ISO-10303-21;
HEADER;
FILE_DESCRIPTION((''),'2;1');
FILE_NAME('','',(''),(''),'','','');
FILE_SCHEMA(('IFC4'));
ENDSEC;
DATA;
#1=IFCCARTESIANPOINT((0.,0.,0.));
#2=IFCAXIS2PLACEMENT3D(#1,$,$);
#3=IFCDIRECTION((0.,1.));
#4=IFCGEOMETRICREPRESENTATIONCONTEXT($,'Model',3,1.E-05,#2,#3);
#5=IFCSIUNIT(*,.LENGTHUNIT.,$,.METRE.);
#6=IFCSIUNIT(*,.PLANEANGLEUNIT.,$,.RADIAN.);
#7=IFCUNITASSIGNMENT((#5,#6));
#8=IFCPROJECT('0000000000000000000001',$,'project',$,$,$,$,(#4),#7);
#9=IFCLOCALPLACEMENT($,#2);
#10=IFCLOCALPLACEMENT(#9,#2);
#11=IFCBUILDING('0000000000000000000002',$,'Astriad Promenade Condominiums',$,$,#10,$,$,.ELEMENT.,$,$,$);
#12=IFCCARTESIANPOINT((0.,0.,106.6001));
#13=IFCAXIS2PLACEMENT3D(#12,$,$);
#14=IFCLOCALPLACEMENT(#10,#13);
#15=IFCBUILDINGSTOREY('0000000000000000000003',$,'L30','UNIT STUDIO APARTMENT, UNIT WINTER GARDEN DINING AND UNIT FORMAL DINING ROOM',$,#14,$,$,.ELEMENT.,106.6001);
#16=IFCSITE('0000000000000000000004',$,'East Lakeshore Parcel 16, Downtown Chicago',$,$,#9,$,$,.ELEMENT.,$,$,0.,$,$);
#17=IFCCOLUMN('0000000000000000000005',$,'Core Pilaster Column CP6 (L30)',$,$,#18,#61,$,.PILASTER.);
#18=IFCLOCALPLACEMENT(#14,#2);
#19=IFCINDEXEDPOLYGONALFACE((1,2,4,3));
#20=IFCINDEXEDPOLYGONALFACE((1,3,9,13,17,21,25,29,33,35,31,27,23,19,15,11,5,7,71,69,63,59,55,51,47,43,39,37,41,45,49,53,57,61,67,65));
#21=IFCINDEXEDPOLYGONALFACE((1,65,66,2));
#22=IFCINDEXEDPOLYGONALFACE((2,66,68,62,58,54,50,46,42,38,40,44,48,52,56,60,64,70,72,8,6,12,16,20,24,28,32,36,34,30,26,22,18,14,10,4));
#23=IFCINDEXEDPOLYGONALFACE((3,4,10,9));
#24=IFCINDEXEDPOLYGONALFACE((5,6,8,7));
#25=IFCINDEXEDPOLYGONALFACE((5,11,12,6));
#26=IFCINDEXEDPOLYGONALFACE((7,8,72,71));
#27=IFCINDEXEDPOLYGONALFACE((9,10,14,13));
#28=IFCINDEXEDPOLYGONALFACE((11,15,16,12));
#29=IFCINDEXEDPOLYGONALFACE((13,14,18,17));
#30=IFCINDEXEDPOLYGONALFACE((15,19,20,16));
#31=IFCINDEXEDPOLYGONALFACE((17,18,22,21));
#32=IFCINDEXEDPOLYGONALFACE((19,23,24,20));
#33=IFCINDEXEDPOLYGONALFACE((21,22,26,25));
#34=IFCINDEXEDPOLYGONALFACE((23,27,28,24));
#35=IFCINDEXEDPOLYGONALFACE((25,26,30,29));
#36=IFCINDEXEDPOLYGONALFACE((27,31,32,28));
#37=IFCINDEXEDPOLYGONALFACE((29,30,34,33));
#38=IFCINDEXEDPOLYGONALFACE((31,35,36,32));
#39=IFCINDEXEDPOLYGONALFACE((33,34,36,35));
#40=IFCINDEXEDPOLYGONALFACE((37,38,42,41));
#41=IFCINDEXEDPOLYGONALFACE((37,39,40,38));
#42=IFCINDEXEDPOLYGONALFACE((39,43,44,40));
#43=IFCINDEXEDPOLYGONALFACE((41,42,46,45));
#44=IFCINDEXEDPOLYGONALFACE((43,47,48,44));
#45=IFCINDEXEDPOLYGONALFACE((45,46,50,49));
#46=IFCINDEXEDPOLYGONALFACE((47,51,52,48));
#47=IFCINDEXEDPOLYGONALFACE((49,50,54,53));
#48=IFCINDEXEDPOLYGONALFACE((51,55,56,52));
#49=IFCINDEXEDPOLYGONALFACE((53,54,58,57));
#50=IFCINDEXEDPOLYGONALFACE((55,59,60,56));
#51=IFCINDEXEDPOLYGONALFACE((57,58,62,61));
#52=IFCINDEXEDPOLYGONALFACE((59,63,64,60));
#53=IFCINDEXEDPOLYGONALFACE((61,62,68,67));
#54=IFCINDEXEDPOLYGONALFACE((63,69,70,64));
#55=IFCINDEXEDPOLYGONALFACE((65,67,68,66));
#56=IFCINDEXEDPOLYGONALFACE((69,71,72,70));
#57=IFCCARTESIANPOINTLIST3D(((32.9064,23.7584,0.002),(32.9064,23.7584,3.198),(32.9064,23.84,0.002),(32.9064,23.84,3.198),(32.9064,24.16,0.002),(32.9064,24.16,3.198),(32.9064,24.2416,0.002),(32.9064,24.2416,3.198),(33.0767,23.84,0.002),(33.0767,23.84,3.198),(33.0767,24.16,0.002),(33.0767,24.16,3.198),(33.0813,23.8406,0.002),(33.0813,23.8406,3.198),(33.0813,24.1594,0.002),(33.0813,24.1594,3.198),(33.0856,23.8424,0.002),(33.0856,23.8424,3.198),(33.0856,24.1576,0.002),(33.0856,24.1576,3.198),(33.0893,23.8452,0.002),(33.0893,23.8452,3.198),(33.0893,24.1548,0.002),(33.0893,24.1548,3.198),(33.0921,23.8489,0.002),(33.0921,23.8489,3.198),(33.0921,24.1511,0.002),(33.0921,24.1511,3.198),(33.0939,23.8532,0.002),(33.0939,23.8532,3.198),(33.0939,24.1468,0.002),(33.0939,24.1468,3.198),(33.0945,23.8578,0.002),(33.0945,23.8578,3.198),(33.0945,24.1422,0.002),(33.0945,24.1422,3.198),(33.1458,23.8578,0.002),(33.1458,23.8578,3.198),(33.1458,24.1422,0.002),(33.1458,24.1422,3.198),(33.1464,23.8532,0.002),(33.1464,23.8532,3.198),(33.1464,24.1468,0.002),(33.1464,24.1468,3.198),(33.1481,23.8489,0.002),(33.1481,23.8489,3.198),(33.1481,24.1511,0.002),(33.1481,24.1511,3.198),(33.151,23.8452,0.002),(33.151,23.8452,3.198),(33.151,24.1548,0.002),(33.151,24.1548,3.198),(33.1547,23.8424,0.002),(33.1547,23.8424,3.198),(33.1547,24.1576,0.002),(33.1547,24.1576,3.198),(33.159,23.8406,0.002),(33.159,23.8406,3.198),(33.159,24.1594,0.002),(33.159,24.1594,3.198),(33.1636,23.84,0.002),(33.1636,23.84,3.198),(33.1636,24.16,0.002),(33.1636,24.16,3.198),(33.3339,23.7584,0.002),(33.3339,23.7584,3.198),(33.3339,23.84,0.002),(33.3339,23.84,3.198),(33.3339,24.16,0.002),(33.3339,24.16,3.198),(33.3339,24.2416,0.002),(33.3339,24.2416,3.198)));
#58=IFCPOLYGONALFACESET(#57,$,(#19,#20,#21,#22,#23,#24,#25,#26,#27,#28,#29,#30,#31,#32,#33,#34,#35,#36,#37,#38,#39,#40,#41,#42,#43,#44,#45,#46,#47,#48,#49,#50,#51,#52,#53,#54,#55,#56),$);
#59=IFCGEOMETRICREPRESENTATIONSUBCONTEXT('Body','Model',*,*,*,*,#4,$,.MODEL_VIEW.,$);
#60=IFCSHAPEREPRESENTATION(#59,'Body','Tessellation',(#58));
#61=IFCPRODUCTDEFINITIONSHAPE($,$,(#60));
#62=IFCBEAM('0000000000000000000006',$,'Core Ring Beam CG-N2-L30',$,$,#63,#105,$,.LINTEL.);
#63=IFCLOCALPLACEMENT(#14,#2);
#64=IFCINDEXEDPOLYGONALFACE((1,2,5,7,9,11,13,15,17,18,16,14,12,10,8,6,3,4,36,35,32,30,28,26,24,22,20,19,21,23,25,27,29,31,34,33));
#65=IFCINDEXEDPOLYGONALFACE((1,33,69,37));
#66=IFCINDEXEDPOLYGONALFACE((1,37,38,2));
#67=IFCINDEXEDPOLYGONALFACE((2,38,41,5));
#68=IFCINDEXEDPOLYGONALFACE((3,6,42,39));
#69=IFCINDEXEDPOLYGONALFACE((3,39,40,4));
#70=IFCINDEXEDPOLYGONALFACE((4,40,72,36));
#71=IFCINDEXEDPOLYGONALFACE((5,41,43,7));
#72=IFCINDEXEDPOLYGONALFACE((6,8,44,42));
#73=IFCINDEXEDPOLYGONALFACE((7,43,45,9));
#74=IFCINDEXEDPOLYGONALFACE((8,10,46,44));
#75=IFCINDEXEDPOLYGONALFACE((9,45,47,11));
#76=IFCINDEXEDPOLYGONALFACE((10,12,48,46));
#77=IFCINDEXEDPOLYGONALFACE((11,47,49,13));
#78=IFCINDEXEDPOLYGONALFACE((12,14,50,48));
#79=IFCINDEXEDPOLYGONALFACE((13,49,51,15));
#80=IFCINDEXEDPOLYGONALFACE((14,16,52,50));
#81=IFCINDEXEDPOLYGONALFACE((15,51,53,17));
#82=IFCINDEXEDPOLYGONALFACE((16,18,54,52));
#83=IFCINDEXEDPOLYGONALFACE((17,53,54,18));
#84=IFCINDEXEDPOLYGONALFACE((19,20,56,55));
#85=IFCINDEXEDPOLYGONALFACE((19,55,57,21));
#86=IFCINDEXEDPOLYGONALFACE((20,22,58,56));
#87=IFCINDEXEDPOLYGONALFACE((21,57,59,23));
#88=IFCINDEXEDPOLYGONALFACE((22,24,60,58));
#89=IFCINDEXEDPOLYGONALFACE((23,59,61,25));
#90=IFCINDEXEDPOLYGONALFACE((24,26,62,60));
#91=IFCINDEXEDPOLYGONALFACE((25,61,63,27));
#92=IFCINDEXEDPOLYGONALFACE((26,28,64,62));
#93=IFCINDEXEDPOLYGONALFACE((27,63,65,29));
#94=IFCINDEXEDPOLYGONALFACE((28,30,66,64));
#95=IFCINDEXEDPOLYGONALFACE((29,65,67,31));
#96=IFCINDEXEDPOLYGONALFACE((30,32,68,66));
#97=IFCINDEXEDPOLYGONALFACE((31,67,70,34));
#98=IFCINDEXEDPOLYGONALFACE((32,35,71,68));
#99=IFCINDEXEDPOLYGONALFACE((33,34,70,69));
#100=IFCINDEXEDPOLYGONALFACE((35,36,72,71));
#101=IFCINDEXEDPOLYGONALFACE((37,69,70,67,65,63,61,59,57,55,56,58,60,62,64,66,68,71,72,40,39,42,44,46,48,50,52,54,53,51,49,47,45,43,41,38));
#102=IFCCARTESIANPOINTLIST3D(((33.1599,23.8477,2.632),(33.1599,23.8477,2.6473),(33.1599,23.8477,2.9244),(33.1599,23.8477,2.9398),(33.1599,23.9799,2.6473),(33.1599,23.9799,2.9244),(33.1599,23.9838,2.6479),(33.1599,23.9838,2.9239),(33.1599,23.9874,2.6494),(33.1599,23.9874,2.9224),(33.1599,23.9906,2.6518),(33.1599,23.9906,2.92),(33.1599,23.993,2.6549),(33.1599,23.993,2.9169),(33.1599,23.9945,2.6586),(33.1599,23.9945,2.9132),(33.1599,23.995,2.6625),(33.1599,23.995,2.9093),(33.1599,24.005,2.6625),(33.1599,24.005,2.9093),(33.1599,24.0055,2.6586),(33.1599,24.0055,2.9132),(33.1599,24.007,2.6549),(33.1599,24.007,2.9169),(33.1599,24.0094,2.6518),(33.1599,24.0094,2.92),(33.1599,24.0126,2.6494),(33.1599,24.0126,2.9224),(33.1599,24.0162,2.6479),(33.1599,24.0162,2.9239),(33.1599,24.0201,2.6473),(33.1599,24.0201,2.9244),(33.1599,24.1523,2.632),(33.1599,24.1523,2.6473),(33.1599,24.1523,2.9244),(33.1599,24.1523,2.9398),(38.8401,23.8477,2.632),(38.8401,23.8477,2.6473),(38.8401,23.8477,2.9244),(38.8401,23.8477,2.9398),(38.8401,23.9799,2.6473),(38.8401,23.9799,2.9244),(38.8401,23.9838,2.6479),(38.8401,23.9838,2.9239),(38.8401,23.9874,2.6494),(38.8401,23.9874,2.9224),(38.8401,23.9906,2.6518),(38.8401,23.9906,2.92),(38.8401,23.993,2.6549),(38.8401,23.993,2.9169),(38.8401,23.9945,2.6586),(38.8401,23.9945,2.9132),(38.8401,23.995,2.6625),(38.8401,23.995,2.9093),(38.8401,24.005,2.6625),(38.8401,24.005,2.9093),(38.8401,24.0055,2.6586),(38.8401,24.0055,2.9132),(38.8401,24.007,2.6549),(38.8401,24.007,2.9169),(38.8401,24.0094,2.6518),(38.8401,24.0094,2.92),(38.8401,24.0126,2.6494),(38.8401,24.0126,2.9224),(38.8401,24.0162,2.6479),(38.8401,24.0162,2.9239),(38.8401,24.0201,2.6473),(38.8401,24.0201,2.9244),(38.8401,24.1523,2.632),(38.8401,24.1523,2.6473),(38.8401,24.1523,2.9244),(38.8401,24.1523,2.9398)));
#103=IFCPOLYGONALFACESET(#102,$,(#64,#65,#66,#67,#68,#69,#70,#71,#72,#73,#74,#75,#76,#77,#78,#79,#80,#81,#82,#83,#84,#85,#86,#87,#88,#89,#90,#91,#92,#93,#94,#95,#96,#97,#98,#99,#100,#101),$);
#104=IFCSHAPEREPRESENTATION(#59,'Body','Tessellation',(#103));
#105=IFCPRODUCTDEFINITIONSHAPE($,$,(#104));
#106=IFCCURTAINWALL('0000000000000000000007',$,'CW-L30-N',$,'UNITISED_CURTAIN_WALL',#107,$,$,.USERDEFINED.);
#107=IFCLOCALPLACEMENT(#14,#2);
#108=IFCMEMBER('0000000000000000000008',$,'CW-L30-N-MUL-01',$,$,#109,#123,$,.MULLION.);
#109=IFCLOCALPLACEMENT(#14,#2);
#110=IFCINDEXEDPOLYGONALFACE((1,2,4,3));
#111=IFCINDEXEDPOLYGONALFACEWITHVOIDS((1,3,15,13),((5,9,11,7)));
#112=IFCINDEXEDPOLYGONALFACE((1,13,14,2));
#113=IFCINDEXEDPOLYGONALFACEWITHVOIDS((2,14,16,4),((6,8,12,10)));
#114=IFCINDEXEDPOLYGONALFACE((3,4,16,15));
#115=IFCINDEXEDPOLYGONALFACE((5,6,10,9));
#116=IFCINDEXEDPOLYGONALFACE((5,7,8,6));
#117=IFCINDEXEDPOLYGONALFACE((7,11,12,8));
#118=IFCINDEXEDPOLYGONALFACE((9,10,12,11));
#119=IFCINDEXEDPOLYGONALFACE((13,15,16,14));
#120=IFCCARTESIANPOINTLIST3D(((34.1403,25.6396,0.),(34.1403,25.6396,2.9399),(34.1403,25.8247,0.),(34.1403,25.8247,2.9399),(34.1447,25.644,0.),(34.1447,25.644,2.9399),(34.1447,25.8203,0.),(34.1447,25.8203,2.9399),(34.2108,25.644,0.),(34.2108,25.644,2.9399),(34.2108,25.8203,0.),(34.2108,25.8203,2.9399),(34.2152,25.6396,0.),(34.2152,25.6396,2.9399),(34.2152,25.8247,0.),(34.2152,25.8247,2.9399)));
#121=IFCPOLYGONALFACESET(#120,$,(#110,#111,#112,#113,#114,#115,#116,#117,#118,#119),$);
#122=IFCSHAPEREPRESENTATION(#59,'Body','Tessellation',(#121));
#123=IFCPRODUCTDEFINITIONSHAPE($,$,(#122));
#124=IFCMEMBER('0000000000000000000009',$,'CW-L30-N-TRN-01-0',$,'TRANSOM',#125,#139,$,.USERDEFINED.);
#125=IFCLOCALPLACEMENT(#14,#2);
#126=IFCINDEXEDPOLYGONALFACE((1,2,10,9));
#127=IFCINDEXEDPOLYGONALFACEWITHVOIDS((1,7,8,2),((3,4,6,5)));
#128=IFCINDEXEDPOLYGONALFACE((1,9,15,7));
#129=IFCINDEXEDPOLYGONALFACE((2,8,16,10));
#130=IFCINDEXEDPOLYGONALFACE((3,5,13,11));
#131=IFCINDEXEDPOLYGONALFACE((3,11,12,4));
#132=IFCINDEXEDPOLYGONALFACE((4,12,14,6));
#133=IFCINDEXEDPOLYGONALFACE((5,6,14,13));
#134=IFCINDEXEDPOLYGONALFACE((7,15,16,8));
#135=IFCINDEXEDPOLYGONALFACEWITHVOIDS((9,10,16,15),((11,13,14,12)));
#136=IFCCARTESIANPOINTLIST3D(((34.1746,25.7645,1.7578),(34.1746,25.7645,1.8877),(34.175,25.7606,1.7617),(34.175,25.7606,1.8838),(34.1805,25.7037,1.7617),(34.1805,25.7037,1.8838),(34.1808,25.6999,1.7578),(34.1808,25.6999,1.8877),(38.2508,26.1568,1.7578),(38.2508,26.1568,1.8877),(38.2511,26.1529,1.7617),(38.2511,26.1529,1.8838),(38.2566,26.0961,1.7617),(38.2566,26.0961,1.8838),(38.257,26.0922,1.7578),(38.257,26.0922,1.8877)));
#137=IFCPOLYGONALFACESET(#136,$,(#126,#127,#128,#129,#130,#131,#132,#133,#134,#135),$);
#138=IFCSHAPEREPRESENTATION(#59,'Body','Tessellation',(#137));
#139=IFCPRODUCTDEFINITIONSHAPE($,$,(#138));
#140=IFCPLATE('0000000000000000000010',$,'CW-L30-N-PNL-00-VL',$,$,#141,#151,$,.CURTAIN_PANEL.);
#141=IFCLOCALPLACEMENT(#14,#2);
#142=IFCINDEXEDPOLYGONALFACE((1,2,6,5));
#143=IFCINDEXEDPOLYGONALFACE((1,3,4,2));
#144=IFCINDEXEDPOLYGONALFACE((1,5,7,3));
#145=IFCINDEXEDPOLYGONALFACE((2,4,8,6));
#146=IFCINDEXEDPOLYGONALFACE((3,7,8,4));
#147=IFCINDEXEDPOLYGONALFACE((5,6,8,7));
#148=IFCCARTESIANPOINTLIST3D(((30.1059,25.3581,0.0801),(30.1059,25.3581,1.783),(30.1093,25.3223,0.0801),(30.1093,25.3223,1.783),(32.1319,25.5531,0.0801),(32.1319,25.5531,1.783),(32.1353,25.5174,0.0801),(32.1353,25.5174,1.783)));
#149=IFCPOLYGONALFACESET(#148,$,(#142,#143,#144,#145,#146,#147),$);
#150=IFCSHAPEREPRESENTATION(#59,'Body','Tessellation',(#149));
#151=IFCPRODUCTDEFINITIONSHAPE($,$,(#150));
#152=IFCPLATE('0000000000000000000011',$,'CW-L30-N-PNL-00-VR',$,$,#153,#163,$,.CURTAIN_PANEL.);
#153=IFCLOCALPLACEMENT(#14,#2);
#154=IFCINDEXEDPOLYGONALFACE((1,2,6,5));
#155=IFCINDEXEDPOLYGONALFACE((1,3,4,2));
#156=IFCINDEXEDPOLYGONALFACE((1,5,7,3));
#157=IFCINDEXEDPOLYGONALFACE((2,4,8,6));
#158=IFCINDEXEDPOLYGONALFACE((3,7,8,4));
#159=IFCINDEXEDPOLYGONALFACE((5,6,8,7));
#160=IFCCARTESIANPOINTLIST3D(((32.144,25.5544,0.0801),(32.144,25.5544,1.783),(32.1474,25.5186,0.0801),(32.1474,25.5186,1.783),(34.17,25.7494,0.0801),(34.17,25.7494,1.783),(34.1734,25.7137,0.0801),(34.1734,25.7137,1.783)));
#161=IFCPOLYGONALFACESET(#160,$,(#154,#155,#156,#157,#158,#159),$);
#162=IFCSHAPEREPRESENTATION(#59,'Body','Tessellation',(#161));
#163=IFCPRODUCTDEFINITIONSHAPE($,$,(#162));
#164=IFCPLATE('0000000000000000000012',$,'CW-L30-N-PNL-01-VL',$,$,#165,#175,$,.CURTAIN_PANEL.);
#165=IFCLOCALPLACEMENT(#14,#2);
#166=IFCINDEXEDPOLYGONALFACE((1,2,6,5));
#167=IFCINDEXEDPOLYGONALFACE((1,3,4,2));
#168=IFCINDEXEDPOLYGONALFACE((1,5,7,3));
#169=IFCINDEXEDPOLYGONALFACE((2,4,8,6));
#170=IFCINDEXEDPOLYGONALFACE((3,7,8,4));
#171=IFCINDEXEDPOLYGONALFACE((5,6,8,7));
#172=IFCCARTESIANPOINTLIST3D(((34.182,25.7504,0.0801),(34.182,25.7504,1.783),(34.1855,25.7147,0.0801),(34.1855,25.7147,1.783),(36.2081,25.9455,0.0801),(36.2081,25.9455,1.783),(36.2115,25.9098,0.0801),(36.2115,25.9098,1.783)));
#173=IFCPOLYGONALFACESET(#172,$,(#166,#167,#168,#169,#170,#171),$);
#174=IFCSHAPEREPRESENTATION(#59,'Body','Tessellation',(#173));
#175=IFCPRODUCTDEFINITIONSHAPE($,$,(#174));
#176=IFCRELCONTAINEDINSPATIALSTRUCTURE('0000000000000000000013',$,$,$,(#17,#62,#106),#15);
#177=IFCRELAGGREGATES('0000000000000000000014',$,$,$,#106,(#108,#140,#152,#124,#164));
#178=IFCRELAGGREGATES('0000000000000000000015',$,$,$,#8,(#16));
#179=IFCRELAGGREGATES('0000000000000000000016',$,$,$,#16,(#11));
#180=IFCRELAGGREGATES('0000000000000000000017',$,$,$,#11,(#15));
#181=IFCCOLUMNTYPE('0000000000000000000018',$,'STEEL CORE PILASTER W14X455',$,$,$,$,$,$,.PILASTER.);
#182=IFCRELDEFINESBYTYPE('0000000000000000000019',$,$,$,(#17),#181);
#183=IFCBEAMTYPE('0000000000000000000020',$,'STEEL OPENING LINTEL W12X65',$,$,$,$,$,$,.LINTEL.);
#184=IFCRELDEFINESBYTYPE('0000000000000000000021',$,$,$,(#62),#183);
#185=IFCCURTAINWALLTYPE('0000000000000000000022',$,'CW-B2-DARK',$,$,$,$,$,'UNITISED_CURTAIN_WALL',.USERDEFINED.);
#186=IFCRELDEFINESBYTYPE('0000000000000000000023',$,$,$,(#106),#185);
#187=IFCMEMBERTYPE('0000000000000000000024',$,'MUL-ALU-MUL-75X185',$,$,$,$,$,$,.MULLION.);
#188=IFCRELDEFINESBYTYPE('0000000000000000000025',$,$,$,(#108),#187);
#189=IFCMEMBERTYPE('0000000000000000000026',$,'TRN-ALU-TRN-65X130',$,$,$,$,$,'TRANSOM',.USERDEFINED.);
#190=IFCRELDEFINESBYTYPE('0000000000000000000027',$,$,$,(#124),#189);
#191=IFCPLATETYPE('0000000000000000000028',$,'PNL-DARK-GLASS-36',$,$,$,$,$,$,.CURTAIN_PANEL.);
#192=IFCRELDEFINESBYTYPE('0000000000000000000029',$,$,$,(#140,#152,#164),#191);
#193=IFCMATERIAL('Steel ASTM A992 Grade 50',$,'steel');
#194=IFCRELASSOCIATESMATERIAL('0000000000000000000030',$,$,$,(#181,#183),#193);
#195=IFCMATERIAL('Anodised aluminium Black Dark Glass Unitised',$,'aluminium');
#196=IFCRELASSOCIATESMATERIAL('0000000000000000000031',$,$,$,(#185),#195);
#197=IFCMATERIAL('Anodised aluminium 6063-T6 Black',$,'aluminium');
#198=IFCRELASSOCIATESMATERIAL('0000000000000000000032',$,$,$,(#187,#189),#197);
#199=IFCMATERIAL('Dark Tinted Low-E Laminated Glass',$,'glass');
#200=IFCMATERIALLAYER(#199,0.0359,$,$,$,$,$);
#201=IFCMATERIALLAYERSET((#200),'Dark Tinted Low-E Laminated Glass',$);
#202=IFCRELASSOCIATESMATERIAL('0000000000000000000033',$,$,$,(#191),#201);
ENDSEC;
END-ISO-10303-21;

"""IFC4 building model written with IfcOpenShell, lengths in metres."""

from ifc_helpers import new_model, si_unit, direction, frame, origin, origin_2d, place, context, subcontext, project, spatial, rectangle, hollow_rectangle, i_section, extrude, source, transform, mapped, material, layer, layer_set, material_profile, profile_set, type_object, type_shapes, element, aggregate, save


model = new_model("IFC4")

# Units and contexts
model_context = context("Model", 3, precision=1e-05, world=origin(), true_north=direction((0.0, 1.0)))
body_context = subcontext(model_context, "Body", "Model", "MODEL_VIEW")
ifc_project = project(units=[si_unit("LENGTHUNIT", "METRE"), si_unit("PLANEANGLEUNIT", "RADIAN")], contexts=[model_context])

# Site, building, storey
site_placement = place(None, origin())
site = spatial("IfcSite", under=ifc_project, at=site_placement, Name="East Lakeshore Parcel 16, Downtown Chicago", CompositionType="ELEMENT", RefElevation=0.0)
building_placement = place(site_placement, origin())
building = spatial("IfcBuilding", under=site, at=building_placement, Name="Astriad Promenade Condominiums", CompositionType="ELEMENT")
storey_placement = place(building_placement, frame((0.0, 0.0, 106.6001)))
storey = spatial("IfcBuildingStorey", under=building, at=storey_placement, Name="L30", Description="UNIT STUDIO APARTMENT, UNIT WINTER GARDEN DINING AND UNIT FORMAL DINING ROOM", CompositionType="ELEMENT", Elevation=106.6001)

# Column
ifc_material_1 = material(Name="Steel ASTM A992 Grade 50", Category="steel")
ifc_material_profile_1 = material_profile(ifc_material_1, i_section(OverallWidth=0.4275, OverallDepth=0.4832, WebThickness=0.0513, FlangeThickness=0.0815, FilletRadius=0.0178, at=origin_2d()), Name="W14X455")
ifc_profile_set_1 = profile_set([ifc_material_profile_1], Name="Steel ASTM A992 Grade 50")
column_type = type_object("IfcColumnType", Name="STEEL CORE PILASTER W14X455", PredefinedType="PILASTER", material=ifc_profile_set_1)
shared_shape_1 = source(origin(), body_context, "Body", "SweptSolid", [
    extrude(i_section(OverallWidth=0.4275, OverallDepth=0.4832, WebThickness=0.0513, FlangeThickness=0.0815, FilletRadius=0.0178, at=origin_2d()), origin(), (0.0, 0.0, 1.0), 3.196),
])
type_shapes(column_type, [shared_shape_1])
column_placement = place(storey_placement, frame((33.1201, 24.0, 0.002), z_axis=(0.0, 0.0, 1.0), x_axis=(1.0, 0.0, 0.0)))
element("IfcColumn", 1, at=column_placement, inside=storey, type_object=column_type, Name="Core Pilaster Column CP6 (L30)", PredefinedType="PILASTER", context=body_context, shape_type="MappedRepresentation", body=[
    mapped(shared_shape_1, transform((0.0, 0.0, 0.0), scale=1.0)),
])

# Beam
ifc_material_profile_2 = material_profile(ifc_material_1, i_section(OverallWidth=0.3047, OverallDepth=0.3079, WebThickness=0.01, FlangeThickness=0.0154, FilletRadius=0.0151, at=origin_2d()), Name="W12X65")
ifc_profile_set_2 = profile_set([ifc_material_profile_2], Name="Steel ASTM A992 Grade 50")
beam_type = type_object("IfcBeamType", Name="STEEL OPENING LINTEL W12X65", PredefinedType="LINTEL", material=ifc_profile_set_2)
shared_shape_2 = source(origin(), body_context, "Body", "SweptSolid", [
    extrude(i_section(OverallWidth=0.3047, OverallDepth=0.3079, WebThickness=0.01, FlangeThickness=0.0154, FilletRadius=0.0151, at=origin_2d()), origin(), (0.0, 0.0, 1.0), 5.6802),
])
type_shapes(beam_type, [shared_shape_2])
beam_placement = place(storey_placement, frame((33.1599, 24.0, 2.7859), z_axis=(1.0, 0.0, 0.0), x_axis=(0.0, 1.0, 0.0)))
element("IfcBeam", 2, at=beam_placement, inside=storey, type_object=beam_type, Name="Core Ring Beam CG-N2-L30", PredefinedType="LINTEL", context=body_context, shape_type="MappedRepresentation", body=[
    mapped(shared_shape_2, transform((0.0, 0.0, 0.0), scale=1.0)),
])

# Curtain wall, members, plates
ifc_material_2 = material(Name="Anodised aluminium Black Dark Glass Unitised", Category="aluminium")
curtain_wall_type = type_object("IfcCurtainWallType", Name="CW-B2-DARK", ElementType="UNITISED_CURTAIN_WALL", PredefinedType="USERDEFINED", material=ifc_material_2)
curtain_wall_placement = place(storey_placement, origin())
curtain_wall = element("IfcCurtainWall", 3, at=curtain_wall_placement, inside=storey, type_object=curtain_wall_type, Name="CW-L30-N", ObjectType="UNITISED_CURTAIN_WALL", PredefinedType="USERDEFINED")
ifc_material_3 = material(Name="Anodised aluminium 6063-T6 Black", Category="aluminium")
ifc_material_profile_3 = material_profile(ifc_material_3, hollow_rectangle(XDim=0.075, YDim=0.1851, WallThickness=0.0044, at=origin_2d()), Name="ALU-MUL-75X185")
ifc_profile_set_3 = profile_set([ifc_material_profile_3], Name="Anodised aluminium 6063-T6 Black")
member_type_1 = type_object("IfcMemberType", Name="MUL-ALU-MUL-75X185", PredefinedType="MULLION", material=ifc_profile_set_3)
shared_shape_3 = source(origin(), body_context, "Body", "SweptSolid", [
    extrude(hollow_rectangle(XDim=0.075, YDim=0.1851, WallThickness=0.0044, at=origin_2d()), origin(), (0.0, 0.0, 1.0), 2.9399),
])
type_shapes(member_type_1, [shared_shape_3])
member_1_placement = place(storey_placement, frame((34.1777, 25.7322, 0.0), z_axis=(0.0, 0.0, 1.0), x_axis=(1.0, 0.0, 0.0)))
member_1 = element("IfcMember", 4, at=member_1_placement, type_object=member_type_1, Name="CW-L30-N-MUL-01", PredefinedType="MULLION", context=body_context, shape_type="MappedRepresentation", body=[
    mapped(shared_shape_3, transform((0.0, 0.0, 0.0), scale=1.0)),
])
ifc_material_profile_4 = material_profile(ifc_material_3, hollow_rectangle(XDim=0.0649, YDim=0.1299, WallThickness=0.0039, at=origin_2d()), Name="ALU-TRN-65X130")
ifc_profile_set_4 = profile_set([ifc_material_profile_4], Name="Anodised aluminium 6063-T6 Black")
member_type_2 = type_object("IfcMemberType", Name="TRN-ALU-TRN-65X130", ElementType="TRANSOM", PredefinedType="USERDEFINED", material=ifc_profile_set_4)
shared_shape_4 = source(origin(), body_context, "Body", "SweptSolid", [
    extrude(hollow_rectangle(XDim=0.0649, YDim=0.1299, WallThickness=0.0039, at=origin_2d()), origin(), (0.0, 0.0, 1.0), 4.095),
])
type_shapes(member_type_2, [shared_shape_4])
member_2_placement = place(storey_placement, frame((34.1777, 25.7322, 1.8228), z_axis=(0.9954, 0.095808, 0.0), x_axis=(-0.095808, 0.9954, 0.0)))
member_2 = element("IfcMember", 5, at=member_2_placement, type_object=member_type_2, Name="CW-L30-N-TRN-01-0", ObjectType="TRANSOM", PredefinedType="USERDEFINED", context=body_context, shape_type="MappedRepresentation", body=[
    mapped(shared_shape_4, transform((0.0, 0.0, 0.0), scale=1.0)),
])
ifc_material_4 = material(Name="Dark Tinted Low-E Laminated Glass", Category="glass")
ifc_layer_1 = layer(ifc_material_4, 0.0359)
ifc_layer_set_1 = layer_set([ifc_layer_1], Name="Dark Tinted Low-E Laminated Glass")
plate_type = type_object("IfcPlateType", Name="PNL-DARK-GLASS-36", PredefinedType="CURTAIN_PANEL", material=ifc_layer_set_1)
shared_shape_5 = source(origin(), body_context, "Body", "SweptSolid", [
    extrude(rectangle(XDim=2.0354, YDim=0.0359, at=origin_2d()), origin(), (0.0, 0.0, 1.0), 1.7029),
])
plate_1_placement = place(storey_placement, frame((31.1206, 25.4377, 0.0801), z_axis=(0.0, 0.0, 1.0), x_axis=(0.995396, 0.095846, 0.0)))
plate_1 = element("IfcPlate", 6, at=plate_1_placement, type_object=plate_type, Name="CW-L30-N-PNL-00-VL", PredefinedType="CURTAIN_PANEL", context=body_context, shape_type="MappedRepresentation", body=[
    mapped(shared_shape_5, transform((0.0, 0.0, 0.0), scale=1.0)),
])
plate_2_placement = place(storey_placement, frame((33.1587, 25.634, 0.0801), z_axis=(0.0, 0.0, 1.0), x_axis=(0.995396, 0.095846, 0.0)))
plate_2 = element("IfcPlate", 7, at=plate_2_placement, type_object=plate_type, Name="CW-L30-N-PNL-00-VR", PredefinedType="CURTAIN_PANEL", context=body_context, shape_type="MappedRepresentation", body=[
    mapped(shared_shape_5, transform((0.0, 0.0, 0.0), scale=1.0)),
])
plate_3_placement = place(storey_placement, frame((35.1968, 25.8301, 0.0801), z_axis=(0.0, 0.0, 1.0), x_axis=(0.995396, 0.095846, 0.0)))
plate_3 = element("IfcPlate", 8, at=plate_3_placement, type_object=plate_type, Name="CW-L30-N-PNL-01-VL", PredefinedType="CURTAIN_PANEL", context=body_context, shape_type="MappedRepresentation", body=[
    mapped(shared_shape_5, transform((0.0, 0.0, 0.0), scale=1.0)),
])
aggregate(curtain_wall, [member_1, plate_1, plate_2, member_2, plate_3])

save(model, "model.ifc")
